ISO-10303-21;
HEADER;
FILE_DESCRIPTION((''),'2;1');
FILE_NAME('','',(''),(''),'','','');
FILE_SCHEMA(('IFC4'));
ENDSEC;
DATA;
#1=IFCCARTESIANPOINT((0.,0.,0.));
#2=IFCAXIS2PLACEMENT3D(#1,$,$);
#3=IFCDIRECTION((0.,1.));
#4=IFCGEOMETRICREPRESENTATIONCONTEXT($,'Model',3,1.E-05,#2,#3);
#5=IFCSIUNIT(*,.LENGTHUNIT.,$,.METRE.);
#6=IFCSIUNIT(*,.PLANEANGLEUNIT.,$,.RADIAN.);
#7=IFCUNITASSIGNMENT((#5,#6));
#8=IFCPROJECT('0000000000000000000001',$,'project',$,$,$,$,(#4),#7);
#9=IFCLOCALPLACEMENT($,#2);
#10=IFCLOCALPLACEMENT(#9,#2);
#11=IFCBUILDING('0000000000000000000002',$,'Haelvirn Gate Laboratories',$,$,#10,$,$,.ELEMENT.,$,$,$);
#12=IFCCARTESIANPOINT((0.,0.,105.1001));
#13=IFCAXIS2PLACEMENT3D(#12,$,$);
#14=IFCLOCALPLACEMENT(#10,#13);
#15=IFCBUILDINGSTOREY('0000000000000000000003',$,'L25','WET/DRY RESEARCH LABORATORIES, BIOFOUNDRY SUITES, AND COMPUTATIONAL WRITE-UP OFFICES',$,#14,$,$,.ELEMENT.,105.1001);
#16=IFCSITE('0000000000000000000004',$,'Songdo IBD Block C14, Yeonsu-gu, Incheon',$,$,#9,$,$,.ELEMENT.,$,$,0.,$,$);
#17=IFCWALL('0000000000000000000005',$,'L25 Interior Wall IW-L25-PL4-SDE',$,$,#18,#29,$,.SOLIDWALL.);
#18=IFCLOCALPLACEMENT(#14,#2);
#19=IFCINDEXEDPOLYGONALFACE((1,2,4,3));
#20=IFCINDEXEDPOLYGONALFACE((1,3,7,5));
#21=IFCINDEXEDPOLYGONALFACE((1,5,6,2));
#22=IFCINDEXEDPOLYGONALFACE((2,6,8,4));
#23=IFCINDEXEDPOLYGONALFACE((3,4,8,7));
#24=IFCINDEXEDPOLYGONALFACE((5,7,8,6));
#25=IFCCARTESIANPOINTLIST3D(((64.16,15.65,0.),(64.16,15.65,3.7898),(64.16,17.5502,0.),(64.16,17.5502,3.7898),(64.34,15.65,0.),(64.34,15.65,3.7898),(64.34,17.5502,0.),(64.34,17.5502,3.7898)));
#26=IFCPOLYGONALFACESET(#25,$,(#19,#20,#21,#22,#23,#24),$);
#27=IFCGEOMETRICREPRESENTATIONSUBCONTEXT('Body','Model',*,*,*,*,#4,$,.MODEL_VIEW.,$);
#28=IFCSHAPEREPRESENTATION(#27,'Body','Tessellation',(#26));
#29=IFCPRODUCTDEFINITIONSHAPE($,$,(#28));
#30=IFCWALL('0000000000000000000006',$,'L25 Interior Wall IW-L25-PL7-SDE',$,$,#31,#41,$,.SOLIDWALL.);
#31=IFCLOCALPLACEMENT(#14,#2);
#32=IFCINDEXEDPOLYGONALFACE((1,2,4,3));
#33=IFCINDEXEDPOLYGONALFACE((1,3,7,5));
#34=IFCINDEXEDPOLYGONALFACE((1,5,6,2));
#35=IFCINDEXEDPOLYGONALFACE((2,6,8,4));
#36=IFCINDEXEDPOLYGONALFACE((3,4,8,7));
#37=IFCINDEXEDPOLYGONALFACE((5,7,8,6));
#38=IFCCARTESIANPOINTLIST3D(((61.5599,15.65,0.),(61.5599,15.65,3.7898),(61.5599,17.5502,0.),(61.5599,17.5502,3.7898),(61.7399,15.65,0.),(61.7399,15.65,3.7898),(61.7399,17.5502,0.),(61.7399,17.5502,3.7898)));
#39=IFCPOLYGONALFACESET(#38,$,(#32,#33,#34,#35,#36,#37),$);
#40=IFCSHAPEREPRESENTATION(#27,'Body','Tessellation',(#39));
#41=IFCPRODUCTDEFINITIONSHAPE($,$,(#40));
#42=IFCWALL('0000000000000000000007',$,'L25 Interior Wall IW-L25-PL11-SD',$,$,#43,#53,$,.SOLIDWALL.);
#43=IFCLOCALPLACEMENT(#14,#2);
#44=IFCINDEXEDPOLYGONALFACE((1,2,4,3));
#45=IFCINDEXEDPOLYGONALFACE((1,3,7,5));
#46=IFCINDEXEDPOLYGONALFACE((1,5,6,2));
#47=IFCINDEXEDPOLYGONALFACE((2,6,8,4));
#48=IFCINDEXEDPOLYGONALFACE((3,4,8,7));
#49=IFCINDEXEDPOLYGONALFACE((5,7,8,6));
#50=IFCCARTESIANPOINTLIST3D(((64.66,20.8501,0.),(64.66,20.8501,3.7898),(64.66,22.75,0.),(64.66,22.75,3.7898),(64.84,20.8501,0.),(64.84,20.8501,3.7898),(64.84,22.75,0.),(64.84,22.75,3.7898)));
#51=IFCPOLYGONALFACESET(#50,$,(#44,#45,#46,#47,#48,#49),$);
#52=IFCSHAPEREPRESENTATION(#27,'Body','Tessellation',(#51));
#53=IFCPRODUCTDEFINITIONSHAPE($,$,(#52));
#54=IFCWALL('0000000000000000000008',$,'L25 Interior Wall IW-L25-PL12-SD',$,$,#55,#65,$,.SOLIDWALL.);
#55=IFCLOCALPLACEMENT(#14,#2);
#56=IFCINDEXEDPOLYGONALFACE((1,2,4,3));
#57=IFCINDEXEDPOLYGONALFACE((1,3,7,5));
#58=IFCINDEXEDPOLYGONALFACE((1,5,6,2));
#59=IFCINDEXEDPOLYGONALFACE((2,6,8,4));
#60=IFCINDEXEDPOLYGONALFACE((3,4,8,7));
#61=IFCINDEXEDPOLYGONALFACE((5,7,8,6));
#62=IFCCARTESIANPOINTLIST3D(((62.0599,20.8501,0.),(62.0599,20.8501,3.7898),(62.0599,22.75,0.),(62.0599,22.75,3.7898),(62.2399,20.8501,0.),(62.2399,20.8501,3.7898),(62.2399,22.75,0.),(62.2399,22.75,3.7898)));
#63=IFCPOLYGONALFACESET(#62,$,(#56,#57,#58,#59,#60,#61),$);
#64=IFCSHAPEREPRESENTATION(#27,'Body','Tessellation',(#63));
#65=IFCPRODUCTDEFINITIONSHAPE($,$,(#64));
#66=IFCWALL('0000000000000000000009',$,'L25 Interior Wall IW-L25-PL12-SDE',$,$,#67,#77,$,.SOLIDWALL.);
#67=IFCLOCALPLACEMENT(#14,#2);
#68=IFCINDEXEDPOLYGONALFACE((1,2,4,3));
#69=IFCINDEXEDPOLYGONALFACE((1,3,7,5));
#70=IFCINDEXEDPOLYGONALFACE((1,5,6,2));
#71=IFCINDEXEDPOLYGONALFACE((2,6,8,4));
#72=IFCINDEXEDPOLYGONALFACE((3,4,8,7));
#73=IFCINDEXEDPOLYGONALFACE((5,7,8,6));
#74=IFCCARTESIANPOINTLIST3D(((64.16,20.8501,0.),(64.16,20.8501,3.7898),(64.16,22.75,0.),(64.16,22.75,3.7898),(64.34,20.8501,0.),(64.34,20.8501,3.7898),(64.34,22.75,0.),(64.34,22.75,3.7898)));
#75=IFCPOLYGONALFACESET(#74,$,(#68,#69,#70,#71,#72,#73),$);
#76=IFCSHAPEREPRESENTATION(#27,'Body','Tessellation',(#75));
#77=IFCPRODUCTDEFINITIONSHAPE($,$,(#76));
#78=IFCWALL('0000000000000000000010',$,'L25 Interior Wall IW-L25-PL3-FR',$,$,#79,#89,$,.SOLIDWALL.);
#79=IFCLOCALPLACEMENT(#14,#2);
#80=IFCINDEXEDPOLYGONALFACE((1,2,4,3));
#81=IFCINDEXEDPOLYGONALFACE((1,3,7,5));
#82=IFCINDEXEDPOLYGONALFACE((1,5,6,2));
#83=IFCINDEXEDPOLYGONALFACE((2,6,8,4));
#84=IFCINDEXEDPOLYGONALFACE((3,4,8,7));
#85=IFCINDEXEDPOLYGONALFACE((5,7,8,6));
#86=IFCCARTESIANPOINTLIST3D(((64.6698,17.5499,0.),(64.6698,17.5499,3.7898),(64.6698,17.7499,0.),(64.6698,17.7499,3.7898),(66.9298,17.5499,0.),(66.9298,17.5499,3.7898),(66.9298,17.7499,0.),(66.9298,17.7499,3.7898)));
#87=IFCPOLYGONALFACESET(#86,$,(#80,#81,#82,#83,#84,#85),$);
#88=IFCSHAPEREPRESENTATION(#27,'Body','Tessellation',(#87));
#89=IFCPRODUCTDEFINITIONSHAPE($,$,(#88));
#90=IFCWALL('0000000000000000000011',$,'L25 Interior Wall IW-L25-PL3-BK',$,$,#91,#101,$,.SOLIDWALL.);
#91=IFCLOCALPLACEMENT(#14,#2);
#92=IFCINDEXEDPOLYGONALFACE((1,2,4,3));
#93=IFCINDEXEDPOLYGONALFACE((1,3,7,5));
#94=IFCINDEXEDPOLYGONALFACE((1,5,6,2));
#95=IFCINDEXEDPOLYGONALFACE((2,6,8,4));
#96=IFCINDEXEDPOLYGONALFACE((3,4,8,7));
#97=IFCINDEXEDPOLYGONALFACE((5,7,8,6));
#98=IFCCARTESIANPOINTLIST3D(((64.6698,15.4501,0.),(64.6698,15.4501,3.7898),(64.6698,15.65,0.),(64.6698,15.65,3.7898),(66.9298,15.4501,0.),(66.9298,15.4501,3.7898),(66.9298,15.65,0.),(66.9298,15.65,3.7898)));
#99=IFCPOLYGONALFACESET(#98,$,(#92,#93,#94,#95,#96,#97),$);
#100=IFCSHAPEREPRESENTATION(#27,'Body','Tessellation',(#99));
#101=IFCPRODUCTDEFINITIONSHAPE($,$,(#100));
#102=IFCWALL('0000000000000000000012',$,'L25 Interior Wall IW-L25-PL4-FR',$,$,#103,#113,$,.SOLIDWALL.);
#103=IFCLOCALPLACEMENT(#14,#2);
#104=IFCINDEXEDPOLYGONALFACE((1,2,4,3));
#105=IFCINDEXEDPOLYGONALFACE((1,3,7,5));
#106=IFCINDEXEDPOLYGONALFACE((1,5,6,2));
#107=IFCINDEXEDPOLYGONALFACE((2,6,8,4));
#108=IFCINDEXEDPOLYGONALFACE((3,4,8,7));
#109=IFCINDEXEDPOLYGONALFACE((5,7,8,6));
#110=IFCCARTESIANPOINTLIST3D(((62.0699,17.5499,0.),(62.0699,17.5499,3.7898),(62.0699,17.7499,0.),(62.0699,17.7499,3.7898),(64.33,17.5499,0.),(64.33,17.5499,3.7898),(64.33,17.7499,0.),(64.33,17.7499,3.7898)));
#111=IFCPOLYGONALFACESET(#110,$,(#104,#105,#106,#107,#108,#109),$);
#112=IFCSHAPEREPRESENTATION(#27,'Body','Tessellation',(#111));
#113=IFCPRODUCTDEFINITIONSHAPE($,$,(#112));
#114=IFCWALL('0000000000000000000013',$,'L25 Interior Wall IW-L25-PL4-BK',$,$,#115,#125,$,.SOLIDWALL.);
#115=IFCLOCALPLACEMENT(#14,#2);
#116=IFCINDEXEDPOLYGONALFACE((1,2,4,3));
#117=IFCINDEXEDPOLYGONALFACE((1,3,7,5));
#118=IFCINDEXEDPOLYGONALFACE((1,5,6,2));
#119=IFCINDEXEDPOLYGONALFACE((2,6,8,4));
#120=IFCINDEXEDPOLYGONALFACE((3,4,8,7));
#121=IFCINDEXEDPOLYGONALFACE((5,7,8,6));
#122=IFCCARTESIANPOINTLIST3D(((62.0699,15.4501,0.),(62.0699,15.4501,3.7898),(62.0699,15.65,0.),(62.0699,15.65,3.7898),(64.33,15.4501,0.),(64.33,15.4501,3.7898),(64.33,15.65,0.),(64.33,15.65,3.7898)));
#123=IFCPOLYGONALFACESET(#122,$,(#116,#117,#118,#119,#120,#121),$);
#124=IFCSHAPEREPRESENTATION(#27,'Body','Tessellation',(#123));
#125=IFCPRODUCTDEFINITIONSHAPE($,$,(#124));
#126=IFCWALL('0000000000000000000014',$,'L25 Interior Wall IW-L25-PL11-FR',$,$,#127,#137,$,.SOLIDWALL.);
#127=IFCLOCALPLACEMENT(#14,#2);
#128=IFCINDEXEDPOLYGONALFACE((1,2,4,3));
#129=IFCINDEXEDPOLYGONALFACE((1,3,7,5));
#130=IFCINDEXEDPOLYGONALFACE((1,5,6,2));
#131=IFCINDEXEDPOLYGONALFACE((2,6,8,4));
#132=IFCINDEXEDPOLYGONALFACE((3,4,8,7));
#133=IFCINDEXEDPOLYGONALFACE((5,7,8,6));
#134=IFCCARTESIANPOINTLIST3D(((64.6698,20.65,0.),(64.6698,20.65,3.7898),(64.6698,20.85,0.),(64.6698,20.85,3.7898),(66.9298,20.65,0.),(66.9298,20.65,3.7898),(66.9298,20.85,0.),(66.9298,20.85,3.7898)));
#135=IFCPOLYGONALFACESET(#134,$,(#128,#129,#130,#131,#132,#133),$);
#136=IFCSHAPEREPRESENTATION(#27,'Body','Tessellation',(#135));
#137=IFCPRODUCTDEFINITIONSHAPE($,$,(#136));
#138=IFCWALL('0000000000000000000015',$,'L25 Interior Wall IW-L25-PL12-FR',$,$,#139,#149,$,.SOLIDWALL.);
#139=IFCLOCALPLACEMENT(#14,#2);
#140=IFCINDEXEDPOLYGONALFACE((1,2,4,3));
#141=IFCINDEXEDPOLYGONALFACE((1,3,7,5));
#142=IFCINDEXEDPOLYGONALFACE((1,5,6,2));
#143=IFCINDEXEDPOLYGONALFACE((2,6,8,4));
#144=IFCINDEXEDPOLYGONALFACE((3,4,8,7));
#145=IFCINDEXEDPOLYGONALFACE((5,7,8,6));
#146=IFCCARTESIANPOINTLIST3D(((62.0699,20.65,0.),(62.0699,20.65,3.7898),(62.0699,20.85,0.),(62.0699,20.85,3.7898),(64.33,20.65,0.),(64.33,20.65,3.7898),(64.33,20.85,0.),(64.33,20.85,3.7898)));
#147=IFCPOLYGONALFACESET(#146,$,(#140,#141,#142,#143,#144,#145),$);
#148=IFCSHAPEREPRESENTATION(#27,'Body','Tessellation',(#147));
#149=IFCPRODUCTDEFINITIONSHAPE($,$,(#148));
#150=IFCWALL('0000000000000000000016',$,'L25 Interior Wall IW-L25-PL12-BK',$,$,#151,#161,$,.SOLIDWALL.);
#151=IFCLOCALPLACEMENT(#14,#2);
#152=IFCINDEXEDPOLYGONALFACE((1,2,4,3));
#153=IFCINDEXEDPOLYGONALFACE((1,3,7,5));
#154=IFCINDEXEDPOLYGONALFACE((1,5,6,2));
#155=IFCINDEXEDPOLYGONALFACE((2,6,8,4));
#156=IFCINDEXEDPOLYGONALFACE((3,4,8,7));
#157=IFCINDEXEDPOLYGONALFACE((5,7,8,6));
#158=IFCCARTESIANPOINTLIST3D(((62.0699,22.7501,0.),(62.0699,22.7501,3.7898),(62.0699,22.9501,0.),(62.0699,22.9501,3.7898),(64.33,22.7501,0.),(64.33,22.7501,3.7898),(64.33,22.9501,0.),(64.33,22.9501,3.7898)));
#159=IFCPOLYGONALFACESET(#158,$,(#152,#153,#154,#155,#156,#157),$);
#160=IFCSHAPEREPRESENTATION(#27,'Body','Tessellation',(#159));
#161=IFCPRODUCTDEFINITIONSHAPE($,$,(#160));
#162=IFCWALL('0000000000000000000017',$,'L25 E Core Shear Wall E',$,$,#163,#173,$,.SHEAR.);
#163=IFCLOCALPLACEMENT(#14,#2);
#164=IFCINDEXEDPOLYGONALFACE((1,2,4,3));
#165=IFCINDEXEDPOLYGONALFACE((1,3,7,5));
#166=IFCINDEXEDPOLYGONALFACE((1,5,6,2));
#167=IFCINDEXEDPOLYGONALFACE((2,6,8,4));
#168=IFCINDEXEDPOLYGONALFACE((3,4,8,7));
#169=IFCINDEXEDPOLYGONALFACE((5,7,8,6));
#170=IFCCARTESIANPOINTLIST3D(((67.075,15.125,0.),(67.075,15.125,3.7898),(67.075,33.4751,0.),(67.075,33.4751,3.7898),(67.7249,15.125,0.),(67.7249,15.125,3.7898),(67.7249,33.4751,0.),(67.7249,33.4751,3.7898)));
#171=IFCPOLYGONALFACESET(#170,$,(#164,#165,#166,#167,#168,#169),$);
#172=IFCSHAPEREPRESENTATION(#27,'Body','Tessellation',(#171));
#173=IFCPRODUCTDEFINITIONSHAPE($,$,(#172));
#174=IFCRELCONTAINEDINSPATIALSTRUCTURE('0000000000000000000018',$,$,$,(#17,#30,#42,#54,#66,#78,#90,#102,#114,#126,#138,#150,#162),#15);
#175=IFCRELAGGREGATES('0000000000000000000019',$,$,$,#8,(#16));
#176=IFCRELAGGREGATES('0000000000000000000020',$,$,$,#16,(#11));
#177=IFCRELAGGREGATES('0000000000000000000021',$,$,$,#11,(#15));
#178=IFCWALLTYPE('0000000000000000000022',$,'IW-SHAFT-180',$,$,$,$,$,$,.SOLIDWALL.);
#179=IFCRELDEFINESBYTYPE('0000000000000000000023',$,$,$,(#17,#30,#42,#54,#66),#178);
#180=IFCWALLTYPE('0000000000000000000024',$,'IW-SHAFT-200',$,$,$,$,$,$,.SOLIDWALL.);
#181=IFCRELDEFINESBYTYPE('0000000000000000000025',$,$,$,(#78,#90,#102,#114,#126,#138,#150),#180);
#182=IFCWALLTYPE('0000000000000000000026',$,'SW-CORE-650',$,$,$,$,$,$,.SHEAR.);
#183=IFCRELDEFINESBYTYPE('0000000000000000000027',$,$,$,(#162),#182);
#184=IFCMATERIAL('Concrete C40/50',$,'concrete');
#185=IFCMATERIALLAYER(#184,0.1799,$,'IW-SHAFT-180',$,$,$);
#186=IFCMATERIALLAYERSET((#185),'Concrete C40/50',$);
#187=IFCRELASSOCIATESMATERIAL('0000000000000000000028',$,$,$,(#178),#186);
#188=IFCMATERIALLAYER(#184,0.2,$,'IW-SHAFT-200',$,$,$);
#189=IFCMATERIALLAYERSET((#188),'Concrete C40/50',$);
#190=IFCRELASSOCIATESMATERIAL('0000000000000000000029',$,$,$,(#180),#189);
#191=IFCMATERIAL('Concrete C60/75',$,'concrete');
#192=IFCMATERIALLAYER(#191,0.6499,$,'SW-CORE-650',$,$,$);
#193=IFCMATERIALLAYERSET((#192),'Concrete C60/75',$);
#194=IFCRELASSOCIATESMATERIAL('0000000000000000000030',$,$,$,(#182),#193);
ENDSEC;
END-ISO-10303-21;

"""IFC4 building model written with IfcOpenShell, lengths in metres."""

from ifc_helpers import new_model, si_unit, direction, frame, frame_2d, origin, place, context, subcontext, project, spatial, rectangle, extrude, material, layer, layer_set, type_object, element, save


model = new_model("IFC4")

# Units and contexts
model_context = context("Model", 3, precision=1e-05, world=origin(), true_north=direction((0.0, 1.0)))
body_context = subcontext(model_context, "Body", "Model", "MODEL_VIEW")
ifc_project = project(units=[si_unit("LENGTHUNIT", "METRE"), si_unit("PLANEANGLEUNIT", "RADIAN")], contexts=[model_context])

# Site, building, storey
site_placement = place(None, origin())
site = spatial("IfcSite", under=ifc_project, at=site_placement, Name="Songdo IBD Block C14, Yeonsu-gu, Incheon", CompositionType="ELEMENT", RefElevation=0.0)
building_placement = place(site_placement, origin())
building = spatial("IfcBuilding", under=site, at=building_placement, Name="Haelvirn Gate Laboratories", CompositionType="ELEMENT")
storey_placement = place(building_placement, frame((0.0, 0.0, 105.1001)))
storey = spatial("IfcBuildingStorey", under=building, at=storey_placement, Name="L25", Description="WET/DRY RESEARCH LABORATORIES, BIOFOUNDRY SUITES, AND COMPUTATIONAL WRITE-UP OFFICES", CompositionType="ELEMENT", Elevation=105.1001)

# Shared definitions
ifc_material_1 = material(Name="Concrete C60/75", Category="concrete")

# Walls
ifc_material_2 = material(Name="Concrete C40/50", Category="concrete")
ifc_layer_1 = layer(ifc_material_2, 0.1799, Name="IW-SHAFT-180")
ifc_layer_set_1 = layer_set([ifc_layer_1], Name="Concrete C40/50")
wall_type_1 = type_object("IfcWallType", Name="IW-SHAFT-180", PredefinedType="SOLIDWALL", material=ifc_layer_set_1)
for number, where, z_axis, x_axis, name in (
    (1, (64.25, 15.6499, 0.0), (0.0, 0.0, 1.0), (0.0, 1.0, 0.0), "L25 Interior Wall IW-L25-PL4-SDE"),
    (2, (61.6499, 15.6499, 0.0), (0.0, 0.0, 1.0), (0.0, 1.0, 0.0), "L25 Interior Wall IW-L25-PL7-SDE"),
):
    element("IfcWall", number, at=place(storey_placement, frame(where, z_axis=z_axis, x_axis=x_axis)), inside=storey, type_object=wall_type_1, Name=name, PredefinedType="SOLIDWALL", context=body_context, shape_type="SweptSolid", body=[
        extrude(rectangle(XDim=1.9001, YDim=0.1799, at=frame_2d((0.9502, 0.0))), origin(), (0.0, 0.0, 1.0), 3.7898),
    ])
for number, where, z_axis, x_axis, name in (
    (3, (64.75, 20.8501, 0.0), (0.0, 0.0, 1.0), (0.0, 1.0, 0.0), "L25 Interior Wall IW-L25-PL11-SD"),
    (4, (62.1499, 20.8501, 0.0), (0.0, 0.0, 1.0), (0.0, 1.0, 0.0), "L25 Interior Wall IW-L25-PL12-SD"),
    (5, (64.25, 20.8501, 0.0), (0.0, 0.0, 1.0), (0.0, 1.0, 0.0), "L25 Interior Wall IW-L25-PL12-SDE"),
):
    element("IfcWall", number, at=place(storey_placement, frame(where, z_axis=z_axis, x_axis=x_axis)), inside=storey, type_object=wall_type_1, Name=name, PredefinedType="SOLIDWALL", context=body_context, shape_type="SweptSolid", body=[
        extrude(rectangle(XDim=1.8999, YDim=0.1799, at=frame_2d((0.95, 0.0))), origin(), (0.0, 0.0, 1.0), 3.7898),
    ])
ifc_layer_2 = layer(ifc_material_2, 0.2, Name="IW-SHAFT-200")
ifc_layer_set_2 = layer_set([ifc_layer_2], Name="Concrete C40/50")
wall_type_2 = type_object("IfcWallType", Name="IW-SHAFT-200", PredefinedType="SOLIDWALL", material=ifc_layer_set_2)
for number, where, z_axis, x_axis, name in (
    (6, (64.6699, 17.6499, 0.0), (0.0, 0.0, 1.0), (1.0, 0.0, 0.0), "L25 Interior Wall IW-L25-PL3-FR"),
    (7, (64.6699, 15.55, 0.0), (0.0, 0.0, 1.0), (1.0, 0.0, 0.0), "L25 Interior Wall IW-L25-PL3-BK"),
    (8, (62.0701, 17.6499, 0.0), (0.0, 0.0, 1.0), (1.0, 0.0, 0.0), "L25 Interior Wall IW-L25-PL4-FR"),
    (9, (62.0701, 15.55, 0.0), (0.0, 0.0, 1.0), (1.0, 0.0, 0.0), "L25 Interior Wall IW-L25-PL4-BK"),
    (10, (64.6699, 20.75, 0.0), (0.0, 0.0, 1.0), (1.0, 0.0, 0.0), "L25 Interior Wall IW-L25-PL11-FR"),
    (11, (62.0701, 20.75, 0.0), (0.0, 0.0, 1.0), (1.0, 0.0, 0.0), "L25 Interior Wall IW-L25-PL12-FR"),
    (12, (62.0701, 22.8501, 0.0), (0.0, 0.0, 1.0), (1.0, 0.0, 0.0), "L25 Interior Wall IW-L25-PL12-BK"),
):
    element("IfcWall", number, at=place(storey_placement, frame(where, z_axis=z_axis, x_axis=x_axis)), inside=storey, type_object=wall_type_2, Name=name, PredefinedType="SOLIDWALL", context=body_context, shape_type="SweptSolid", body=[
        extrude(rectangle(XDim=2.26, YDim=0.2, at=frame_2d((1.1299, 0.0))), origin(), (0.0, 0.0, 1.0), 3.7898),
    ])
ifc_layer_3 = layer(ifc_material_1, 0.6499, Name="SW-CORE-650")
ifc_layer_set_3 = layer_set([ifc_layer_3], Name="Concrete C60/75")
wall_type_3 = type_object("IfcWallType", Name="SW-CORE-650", PredefinedType="SHEAR", material=ifc_layer_set_3)
wall_1_placement = place(storey_placement, frame((67.3999, 15.125, 0.0), z_axis=(0.0, 0.0, 1.0), x_axis=(0.0, 1.0, 0.0)))
element("IfcWall", 13, at=wall_1_placement, inside=storey, type_object=wall_type_3, Name="L25 E Core Shear Wall E", PredefinedType="SHEAR", context=body_context, shape_type="SweptSolid", body=[
    extrude(rectangle(XDim=18.3501, YDim=0.6499, at=frame_2d((9.175, 0.0))), origin(), (0.0, 0.0, 1.0), 3.7898),
])

save(model, "model.ifc")
